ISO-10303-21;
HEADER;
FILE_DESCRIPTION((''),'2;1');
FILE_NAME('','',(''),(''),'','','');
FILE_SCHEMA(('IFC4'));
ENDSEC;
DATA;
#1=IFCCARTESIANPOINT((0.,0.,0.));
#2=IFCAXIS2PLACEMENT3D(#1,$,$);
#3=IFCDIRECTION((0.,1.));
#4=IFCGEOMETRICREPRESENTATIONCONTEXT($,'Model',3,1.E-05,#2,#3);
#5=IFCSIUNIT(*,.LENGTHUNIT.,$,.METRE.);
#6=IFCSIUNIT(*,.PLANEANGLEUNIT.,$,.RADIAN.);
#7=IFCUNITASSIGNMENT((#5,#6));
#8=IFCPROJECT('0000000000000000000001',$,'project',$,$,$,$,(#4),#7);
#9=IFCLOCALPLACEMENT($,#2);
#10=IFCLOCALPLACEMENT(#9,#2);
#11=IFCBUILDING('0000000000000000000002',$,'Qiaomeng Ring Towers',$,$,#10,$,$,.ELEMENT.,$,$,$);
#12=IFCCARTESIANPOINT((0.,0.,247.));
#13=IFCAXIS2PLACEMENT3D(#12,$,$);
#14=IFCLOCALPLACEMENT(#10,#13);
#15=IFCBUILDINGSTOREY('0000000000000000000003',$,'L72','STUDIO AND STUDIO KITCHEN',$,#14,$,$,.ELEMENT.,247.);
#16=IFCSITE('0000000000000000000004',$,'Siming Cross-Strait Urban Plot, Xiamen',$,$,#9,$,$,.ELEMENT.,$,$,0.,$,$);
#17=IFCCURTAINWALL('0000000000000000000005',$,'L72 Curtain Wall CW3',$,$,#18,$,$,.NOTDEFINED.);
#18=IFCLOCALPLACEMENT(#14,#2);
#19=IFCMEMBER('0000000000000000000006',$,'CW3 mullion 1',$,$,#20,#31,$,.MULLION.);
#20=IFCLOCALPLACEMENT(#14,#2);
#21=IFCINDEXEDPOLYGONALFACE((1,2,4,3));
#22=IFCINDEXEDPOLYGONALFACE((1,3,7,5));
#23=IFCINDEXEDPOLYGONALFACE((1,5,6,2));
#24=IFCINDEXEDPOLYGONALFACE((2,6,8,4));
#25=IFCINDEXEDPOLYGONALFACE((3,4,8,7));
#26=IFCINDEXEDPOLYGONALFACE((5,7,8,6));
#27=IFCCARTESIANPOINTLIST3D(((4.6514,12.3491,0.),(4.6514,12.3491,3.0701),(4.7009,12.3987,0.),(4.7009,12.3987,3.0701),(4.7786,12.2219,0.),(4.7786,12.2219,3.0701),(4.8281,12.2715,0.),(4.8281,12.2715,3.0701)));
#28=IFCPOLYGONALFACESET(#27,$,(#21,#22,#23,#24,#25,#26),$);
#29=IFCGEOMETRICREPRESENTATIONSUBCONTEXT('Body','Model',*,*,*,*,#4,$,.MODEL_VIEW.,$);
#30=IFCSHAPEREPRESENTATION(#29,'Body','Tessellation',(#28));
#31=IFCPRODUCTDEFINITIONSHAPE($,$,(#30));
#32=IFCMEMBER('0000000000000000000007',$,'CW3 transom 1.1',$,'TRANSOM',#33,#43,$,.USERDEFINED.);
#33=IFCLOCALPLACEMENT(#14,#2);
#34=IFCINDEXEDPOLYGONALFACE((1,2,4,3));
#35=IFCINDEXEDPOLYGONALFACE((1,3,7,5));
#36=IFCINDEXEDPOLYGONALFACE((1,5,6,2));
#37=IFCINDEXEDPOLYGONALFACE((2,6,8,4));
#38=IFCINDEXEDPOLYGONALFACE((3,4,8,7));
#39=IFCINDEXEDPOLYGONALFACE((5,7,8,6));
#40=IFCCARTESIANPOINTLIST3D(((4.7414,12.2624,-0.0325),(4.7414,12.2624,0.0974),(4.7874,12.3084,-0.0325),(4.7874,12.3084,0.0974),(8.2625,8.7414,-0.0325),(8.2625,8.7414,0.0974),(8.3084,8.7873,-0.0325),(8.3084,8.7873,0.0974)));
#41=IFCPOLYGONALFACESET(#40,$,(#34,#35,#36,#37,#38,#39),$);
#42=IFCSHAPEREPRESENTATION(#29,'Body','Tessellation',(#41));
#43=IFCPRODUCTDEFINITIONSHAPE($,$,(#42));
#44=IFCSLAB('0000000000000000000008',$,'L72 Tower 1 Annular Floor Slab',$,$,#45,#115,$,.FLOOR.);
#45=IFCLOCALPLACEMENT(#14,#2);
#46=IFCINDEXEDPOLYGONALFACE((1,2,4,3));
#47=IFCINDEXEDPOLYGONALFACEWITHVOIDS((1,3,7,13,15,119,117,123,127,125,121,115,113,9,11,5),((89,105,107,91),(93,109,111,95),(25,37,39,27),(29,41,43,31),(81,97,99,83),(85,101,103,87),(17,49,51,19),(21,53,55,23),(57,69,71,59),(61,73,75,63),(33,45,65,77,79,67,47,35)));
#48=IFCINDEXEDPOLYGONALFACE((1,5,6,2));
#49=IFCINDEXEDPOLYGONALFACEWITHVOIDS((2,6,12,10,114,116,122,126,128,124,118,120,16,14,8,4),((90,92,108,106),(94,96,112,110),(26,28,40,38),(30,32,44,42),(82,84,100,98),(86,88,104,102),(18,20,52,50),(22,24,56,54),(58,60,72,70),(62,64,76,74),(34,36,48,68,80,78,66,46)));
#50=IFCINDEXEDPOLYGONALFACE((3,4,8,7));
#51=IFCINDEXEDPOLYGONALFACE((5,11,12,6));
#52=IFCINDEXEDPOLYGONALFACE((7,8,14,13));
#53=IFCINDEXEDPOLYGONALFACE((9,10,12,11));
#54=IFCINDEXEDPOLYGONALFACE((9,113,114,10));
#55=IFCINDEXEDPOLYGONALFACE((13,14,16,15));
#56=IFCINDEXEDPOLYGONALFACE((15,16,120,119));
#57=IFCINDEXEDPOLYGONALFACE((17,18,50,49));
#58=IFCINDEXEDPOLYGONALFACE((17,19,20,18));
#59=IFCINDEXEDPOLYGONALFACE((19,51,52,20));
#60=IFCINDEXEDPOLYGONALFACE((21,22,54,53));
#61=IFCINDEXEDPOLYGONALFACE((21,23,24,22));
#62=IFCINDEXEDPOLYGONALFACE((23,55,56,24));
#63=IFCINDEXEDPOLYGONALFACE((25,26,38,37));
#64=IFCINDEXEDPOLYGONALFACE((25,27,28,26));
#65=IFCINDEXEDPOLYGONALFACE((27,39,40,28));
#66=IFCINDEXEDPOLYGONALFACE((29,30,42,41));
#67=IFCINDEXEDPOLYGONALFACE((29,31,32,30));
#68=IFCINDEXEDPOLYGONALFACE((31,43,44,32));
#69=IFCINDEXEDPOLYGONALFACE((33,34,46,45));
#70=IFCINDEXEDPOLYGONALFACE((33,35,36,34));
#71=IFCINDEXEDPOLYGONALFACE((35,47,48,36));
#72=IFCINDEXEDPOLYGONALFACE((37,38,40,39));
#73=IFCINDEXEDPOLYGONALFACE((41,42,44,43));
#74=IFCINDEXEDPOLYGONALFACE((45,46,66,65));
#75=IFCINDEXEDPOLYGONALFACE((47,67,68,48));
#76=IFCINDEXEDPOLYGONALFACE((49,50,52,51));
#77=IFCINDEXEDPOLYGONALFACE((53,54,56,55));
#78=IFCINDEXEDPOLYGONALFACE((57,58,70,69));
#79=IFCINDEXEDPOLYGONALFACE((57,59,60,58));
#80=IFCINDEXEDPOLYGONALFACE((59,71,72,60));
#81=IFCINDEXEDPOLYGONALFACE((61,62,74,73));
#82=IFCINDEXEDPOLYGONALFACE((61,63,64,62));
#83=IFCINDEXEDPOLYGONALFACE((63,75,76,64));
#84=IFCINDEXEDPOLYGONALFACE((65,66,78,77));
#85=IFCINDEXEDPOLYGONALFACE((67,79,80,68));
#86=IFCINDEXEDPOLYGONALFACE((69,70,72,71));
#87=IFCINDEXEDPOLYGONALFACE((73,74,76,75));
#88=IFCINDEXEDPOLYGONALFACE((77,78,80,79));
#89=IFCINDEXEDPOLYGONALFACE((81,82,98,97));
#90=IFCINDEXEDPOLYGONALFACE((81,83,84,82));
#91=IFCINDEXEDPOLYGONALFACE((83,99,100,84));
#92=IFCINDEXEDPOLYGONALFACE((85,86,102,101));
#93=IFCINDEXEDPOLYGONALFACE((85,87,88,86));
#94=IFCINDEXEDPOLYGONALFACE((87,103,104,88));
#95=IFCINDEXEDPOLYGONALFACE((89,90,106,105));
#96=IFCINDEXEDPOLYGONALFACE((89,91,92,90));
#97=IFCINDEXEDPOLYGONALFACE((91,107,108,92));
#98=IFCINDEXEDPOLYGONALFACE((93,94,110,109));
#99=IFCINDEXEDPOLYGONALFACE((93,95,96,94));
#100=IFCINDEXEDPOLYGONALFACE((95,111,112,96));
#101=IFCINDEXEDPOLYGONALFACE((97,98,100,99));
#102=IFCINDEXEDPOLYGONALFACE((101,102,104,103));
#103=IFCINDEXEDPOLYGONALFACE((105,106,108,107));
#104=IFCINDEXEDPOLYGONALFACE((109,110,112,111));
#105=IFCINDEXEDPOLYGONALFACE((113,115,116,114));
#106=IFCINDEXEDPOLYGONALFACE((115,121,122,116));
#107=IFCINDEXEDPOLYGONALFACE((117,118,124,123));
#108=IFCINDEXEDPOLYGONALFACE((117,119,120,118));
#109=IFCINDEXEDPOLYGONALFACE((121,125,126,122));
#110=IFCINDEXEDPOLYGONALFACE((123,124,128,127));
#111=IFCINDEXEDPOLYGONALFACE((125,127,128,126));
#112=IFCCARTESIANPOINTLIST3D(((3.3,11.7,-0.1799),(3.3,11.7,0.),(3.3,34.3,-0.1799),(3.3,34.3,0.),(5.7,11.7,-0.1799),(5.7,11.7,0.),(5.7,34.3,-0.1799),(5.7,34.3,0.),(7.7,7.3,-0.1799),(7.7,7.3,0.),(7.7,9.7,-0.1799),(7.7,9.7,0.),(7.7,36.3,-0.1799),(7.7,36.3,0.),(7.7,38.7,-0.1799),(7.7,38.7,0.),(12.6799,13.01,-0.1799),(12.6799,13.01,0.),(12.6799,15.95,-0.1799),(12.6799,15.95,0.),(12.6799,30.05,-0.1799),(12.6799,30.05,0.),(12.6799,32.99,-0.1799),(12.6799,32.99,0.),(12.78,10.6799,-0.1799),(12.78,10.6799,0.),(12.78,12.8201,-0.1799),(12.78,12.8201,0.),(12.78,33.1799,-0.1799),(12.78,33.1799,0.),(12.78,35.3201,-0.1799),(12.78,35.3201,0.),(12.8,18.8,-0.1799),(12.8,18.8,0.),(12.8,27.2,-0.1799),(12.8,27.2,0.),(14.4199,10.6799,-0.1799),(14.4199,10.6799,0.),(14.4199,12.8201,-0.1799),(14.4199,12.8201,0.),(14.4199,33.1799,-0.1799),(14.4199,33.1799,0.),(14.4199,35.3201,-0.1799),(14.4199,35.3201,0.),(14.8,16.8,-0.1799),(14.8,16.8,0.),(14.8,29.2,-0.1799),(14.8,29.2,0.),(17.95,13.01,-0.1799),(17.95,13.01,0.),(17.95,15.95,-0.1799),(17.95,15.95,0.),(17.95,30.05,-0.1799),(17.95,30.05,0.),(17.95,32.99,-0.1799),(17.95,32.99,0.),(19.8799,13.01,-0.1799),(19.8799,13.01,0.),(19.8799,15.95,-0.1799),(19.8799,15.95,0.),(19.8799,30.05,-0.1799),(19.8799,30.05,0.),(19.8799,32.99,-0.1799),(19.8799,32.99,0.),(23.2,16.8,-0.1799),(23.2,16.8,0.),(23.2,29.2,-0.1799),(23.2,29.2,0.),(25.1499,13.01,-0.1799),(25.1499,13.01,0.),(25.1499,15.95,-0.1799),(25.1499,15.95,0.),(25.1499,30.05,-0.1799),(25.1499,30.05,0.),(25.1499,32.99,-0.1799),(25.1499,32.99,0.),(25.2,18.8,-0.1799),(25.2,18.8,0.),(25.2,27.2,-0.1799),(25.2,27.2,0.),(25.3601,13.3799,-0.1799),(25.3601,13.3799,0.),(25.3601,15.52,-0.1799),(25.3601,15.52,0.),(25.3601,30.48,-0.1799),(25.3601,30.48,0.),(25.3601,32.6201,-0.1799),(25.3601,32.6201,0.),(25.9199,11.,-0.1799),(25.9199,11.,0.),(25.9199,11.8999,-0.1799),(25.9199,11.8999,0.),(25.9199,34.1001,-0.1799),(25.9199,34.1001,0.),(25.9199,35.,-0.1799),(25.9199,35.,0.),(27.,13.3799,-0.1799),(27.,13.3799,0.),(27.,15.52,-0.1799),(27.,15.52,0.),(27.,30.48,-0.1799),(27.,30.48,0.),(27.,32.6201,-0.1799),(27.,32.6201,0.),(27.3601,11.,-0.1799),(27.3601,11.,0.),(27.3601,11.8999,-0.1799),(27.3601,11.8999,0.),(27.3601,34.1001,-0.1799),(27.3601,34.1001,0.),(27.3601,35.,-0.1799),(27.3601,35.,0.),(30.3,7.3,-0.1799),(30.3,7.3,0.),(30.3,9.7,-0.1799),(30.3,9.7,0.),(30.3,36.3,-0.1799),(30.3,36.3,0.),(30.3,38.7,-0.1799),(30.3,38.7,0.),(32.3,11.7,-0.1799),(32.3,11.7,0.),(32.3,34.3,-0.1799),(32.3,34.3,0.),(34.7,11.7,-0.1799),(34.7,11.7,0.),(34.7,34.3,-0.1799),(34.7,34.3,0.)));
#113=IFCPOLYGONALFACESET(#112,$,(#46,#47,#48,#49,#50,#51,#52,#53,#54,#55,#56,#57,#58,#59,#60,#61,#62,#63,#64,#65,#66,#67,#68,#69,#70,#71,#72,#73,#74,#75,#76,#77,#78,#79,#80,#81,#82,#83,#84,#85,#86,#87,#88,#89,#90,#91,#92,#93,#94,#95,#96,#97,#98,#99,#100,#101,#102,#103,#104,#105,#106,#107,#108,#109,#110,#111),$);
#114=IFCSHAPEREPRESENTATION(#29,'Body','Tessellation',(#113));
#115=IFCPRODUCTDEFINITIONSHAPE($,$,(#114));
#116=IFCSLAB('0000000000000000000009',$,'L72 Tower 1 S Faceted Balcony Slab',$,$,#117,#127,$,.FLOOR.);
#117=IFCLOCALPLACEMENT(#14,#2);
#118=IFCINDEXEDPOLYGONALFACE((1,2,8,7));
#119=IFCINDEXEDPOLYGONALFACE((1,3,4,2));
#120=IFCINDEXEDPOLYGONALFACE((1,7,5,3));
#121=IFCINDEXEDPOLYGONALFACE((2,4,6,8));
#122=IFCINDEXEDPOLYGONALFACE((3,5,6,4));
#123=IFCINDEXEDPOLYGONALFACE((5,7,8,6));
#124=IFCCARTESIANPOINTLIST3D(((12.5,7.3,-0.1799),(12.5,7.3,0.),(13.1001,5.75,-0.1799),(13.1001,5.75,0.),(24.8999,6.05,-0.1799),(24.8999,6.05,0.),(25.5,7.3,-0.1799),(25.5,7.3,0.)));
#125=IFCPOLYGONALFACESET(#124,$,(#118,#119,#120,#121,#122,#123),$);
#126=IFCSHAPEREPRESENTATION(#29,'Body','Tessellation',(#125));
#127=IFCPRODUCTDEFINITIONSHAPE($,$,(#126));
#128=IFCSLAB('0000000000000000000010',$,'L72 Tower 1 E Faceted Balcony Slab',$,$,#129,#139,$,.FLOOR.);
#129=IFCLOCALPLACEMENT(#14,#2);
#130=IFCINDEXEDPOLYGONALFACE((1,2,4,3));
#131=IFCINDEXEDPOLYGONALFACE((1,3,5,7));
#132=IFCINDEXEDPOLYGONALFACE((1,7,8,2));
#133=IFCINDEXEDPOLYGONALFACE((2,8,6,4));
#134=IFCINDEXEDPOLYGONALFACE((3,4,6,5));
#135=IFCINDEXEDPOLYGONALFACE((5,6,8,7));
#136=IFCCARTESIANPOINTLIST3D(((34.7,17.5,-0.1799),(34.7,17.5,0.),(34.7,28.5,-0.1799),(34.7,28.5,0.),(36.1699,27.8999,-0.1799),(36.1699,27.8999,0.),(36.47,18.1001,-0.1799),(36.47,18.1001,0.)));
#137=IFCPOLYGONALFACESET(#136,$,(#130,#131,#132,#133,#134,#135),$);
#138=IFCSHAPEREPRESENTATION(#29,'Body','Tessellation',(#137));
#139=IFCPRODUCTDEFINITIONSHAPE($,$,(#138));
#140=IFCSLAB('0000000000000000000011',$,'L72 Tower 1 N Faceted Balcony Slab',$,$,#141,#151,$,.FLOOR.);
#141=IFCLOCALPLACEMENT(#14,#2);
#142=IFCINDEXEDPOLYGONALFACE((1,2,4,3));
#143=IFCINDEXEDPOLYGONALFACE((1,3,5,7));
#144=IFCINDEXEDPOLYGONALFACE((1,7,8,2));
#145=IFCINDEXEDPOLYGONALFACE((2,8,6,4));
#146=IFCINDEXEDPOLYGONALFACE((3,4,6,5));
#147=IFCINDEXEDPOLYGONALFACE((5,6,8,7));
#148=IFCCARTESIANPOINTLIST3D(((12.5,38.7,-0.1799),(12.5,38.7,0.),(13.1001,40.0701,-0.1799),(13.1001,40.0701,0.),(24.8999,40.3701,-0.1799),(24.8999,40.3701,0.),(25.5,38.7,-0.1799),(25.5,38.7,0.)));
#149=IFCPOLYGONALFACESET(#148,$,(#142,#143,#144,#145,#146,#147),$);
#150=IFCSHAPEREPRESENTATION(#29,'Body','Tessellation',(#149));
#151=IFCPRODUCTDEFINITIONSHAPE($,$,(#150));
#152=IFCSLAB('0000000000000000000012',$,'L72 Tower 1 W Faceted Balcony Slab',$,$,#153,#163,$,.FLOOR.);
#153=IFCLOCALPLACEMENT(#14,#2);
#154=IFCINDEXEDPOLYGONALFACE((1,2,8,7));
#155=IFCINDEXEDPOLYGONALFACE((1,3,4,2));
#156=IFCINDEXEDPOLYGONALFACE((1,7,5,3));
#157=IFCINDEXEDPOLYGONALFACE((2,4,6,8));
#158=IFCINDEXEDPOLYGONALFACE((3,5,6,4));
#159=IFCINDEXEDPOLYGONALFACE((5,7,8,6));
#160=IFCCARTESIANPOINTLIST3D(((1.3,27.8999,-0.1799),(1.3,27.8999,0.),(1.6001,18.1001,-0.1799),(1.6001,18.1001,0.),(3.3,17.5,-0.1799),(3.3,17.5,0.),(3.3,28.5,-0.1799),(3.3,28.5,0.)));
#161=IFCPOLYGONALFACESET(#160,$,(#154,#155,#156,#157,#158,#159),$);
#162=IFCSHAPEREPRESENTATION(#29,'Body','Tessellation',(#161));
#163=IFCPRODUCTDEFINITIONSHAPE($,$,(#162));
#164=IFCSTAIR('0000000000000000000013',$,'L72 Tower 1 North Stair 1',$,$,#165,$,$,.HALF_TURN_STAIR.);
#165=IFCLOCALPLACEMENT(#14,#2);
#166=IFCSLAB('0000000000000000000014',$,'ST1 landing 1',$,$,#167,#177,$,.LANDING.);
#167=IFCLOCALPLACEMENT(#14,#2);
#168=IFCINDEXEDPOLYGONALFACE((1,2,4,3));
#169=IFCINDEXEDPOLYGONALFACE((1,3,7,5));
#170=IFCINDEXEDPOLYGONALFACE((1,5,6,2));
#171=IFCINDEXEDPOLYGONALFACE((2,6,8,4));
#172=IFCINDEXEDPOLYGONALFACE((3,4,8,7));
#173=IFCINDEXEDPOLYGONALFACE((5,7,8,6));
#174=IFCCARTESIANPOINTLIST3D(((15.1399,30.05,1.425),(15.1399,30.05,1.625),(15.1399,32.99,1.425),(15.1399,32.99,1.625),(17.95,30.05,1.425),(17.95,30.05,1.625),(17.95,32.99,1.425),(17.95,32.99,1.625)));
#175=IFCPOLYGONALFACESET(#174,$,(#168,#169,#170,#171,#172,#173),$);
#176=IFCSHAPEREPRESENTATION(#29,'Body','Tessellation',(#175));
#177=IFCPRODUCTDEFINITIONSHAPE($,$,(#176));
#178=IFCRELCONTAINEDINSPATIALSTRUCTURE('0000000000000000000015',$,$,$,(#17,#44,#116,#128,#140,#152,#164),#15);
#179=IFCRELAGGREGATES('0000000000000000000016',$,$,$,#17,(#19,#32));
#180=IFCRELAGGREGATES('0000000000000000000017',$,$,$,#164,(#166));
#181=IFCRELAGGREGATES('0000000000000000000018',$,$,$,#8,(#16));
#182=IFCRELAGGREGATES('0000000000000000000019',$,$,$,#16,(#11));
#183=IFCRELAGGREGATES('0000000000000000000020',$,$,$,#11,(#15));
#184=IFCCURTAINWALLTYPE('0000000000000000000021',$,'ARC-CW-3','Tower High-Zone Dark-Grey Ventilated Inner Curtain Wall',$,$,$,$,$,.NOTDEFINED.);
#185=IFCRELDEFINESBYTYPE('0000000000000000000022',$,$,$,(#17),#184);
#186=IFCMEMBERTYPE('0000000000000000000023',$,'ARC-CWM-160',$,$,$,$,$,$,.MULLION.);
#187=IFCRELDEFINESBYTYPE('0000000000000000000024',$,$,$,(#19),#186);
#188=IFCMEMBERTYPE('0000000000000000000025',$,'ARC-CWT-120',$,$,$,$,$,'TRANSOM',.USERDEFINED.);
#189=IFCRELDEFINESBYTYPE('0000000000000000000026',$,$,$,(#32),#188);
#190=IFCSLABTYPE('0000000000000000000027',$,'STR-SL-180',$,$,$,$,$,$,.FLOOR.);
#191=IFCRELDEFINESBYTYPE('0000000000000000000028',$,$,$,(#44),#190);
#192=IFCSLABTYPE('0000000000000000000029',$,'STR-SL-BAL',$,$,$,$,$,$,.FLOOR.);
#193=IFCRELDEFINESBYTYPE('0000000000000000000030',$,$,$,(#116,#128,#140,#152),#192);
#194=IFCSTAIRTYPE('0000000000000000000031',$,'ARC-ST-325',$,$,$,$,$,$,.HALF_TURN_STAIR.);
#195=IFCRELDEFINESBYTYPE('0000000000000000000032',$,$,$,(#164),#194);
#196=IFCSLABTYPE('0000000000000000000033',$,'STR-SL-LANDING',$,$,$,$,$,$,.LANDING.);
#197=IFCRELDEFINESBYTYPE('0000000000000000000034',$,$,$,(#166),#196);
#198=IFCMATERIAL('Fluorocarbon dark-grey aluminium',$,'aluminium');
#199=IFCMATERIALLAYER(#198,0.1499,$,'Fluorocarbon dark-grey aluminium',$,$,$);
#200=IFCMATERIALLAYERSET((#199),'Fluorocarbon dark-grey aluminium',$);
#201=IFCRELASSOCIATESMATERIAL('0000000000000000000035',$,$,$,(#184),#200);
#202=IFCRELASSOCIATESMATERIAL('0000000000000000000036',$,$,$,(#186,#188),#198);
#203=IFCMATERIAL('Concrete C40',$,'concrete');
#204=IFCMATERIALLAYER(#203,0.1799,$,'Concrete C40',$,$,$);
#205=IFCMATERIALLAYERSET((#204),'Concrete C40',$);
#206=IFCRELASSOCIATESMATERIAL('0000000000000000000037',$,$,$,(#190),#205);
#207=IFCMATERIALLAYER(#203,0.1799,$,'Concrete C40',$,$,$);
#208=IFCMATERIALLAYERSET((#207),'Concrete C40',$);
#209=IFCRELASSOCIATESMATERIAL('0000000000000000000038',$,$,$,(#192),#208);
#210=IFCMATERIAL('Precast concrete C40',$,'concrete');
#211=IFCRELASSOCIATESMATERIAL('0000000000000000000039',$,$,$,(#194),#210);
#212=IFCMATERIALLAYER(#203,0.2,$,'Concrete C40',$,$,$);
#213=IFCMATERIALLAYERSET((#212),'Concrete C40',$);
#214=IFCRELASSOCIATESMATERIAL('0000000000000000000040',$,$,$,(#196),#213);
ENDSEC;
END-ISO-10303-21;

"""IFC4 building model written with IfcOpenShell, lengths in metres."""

from ifc_helpers import new_model, si_unit, direction, frame, origin, origin_2d, place, context, subcontext, project, spatial, polyline, rectangle, outline, extrude, source, transform, mapped, material, layer, layer_set, material_profile, profile_set, type_object, element, aggregate, save


model = new_model("IFC4")

# Units and contexts
model_context = context("Model", 3, precision=1e-05, world=origin(), true_north=direction((0.0, 1.0)))
body_context = subcontext(model_context, "Body", "Model", "MODEL_VIEW")
ifc_project = project(units=[si_unit("LENGTHUNIT", "METRE"), si_unit("PLANEANGLEUNIT", "RADIAN")], contexts=[model_context])

# Site, building, storey
site_placement = place(None, origin())
site = spatial("IfcSite", under=ifc_project, at=site_placement, Name="Siming Cross-Strait Urban Plot, Xiamen", CompositionType="ELEMENT", RefElevation=0.0)
building_placement = place(site_placement, origin())
building = spatial("IfcBuilding", under=site, at=building_placement, Name="Qiaomeng Ring Towers", CompositionType="ELEMENT")
storey_placement = place(building_placement, frame((0.0, 0.0, 247.0)))
storey = spatial("IfcBuildingStorey", under=building, at=storey_placement, Name="L72", Description="STUDIO AND STUDIO KITCHEN", CompositionType="ELEMENT", Elevation=247.0)

# Curtain wall, members
ifc_material_1 = material(Name="Fluorocarbon dark-grey aluminium", Category="aluminium")
ifc_layer_1 = layer(ifc_material_1, 0.1499, Name="Fluorocarbon dark-grey aluminium")
ifc_layer_set_1 = layer_set([ifc_layer_1], Name="Fluorocarbon dark-grey aluminium")
curtain_wall_type = type_object("IfcCurtainWallType", Name="ARC-CW-3", Description="Tower High-Zone Dark-Grey Ventilated Inner Curtain Wall", PredefinedType="NOTDEFINED", material=ifc_layer_set_1)
curtain_wall_placement = place(storey_placement, origin())
curtain_wall = element("IfcCurtainWall", 1, at=curtain_wall_placement, inside=storey, type_object=curtain_wall_type, Name="L72 Curtain Wall CW3", PredefinedType="NOTDEFINED")
ifc_material_profile_1 = material_profile(ifc_material_1, rectangle(XDim=0.0701, YDim=0.1799, at=origin_2d()), Name="ALU MULL 70x180")
ifc_profile_set_1 = profile_set([ifc_material_profile_1], Name="Fluorocarbon dark-grey aluminium")
member_type_1 = type_object("IfcMemberType", Name="ARC-CWM-160", PredefinedType="MULLION", material=ifc_profile_set_1)
shared_shape_1 = source(origin(), body_context, "Body", "SweptSolid", [
    extrude(rectangle(XDim=0.0701, YDim=0.1799, at=origin_2d()), origin(), (0.0, 0.0, 1.0), 3.0701),
])
member_1_placement = place(storey_placement, frame((4.7397, 12.3103, 0.0), z_axis=(0.0, 0.0, 1.0), x_axis=(0.707107, 0.707107, 0.0)))
member_1 = element("IfcMember", 2, at=member_1_placement, type_object=member_type_1, Name="CW3 mullion 1", PredefinedType="MULLION", context=body_context, shape_type="MappedRepresentation", body=[
    mapped(shared_shape_1, transform((0.0, 0.0, 0.0), x_axis=(1.0, 0.0, 0.0), y_axis=(0.0, 1.0, 0.0), z_axis=(0.0, 0.0, 1.0), scale=1.0)),
])
ifc_material_profile_2 = material_profile(ifc_material_1, rectangle(XDim=0.0649, YDim=0.1299, at=origin_2d()), Name="ALU TRAN 65x130")
ifc_profile_set_2 = profile_set([ifc_material_profile_2], Name="Fluorocarbon dark-grey aluminium")
member_type_2 = type_object("IfcMemberType", Name="ARC-CWT-120", ElementType="TRANSOM", PredefinedType="USERDEFINED", material=ifc_profile_set_2)
shared_shape_2 = source(origin(), body_context, "Body", "SweptSolid", [
    extrude(rectangle(XDim=0.0649, YDim=0.1299, at=origin_2d()), origin(), (0.0, 0.0, 1.0), 4.9795),
])
member_2_placement = place(storey_placement, frame((4.7644, 12.2854, 0.0325), z_axis=(0.707107, -0.707107, 0.0), x_axis=(0.707107, 0.707107, 0.0)))
member_2 = element("IfcMember", 3, at=member_2_placement, type_object=member_type_2, Name="CW3 transom 1.1", ObjectType="TRANSOM", PredefinedType="USERDEFINED", context=body_context, shape_type="MappedRepresentation", body=[
    mapped(shared_shape_2, transform((0.0, 0.0, 0.0), x_axis=(1.0, 0.0, 0.0), y_axis=(0.0, 1.0, 0.0), z_axis=(0.0, 0.0, 1.0), scale=1.0)),
])
aggregate(curtain_wall, [member_1, member_2])

# Slabs
ifc_material_2 = material(Name="Concrete C40", Category="concrete")
ifc_layer_2 = layer(ifc_material_2, 0.1799, Name="Concrete C40")
ifc_layer_set_2 = layer_set([ifc_layer_2], Name="Concrete C40")
slab_type_1 = type_object("IfcSlabType", Name="STR-SL-180", PredefinedType="FLOOR", material=ifc_layer_set_2)
slab_1_placement = place(storey_placement, frame((0.0, 0.0, -0.1799)))
element("IfcSlab", 4, at=slab_1_placement, inside=storey, type_object=slab_type_1, Name="L72 Tower 1 Annular Floor Slab", PredefinedType="FLOOR", context=body_context, shape_type="SweptSolid", body=[
    extrude(outline(polyline([(7.7, 7.3), (30.3, 7.3), (30.3, 9.7), (32.3, 11.7), (34.7, 11.7), (34.7, 34.3), (32.3, 34.3), (30.3, 36.3), (30.3, 38.7), (7.7, 38.7), (7.7, 36.3), (5.7, 34.3), (3.3, 34.3), (3.3, 11.7), (5.7, 11.7), (7.7, 9.7), (7.7, 7.3)]), holes=[polyline([(12.78, 10.6799), (12.78, 12.8201), (14.4199, 12.8201), (14.4199, 10.6799), (12.78, 10.6799)]), polyline([(12.6799, 13.01), (12.6799, 15.95), (17.95, 15.95), (17.95, 13.01), (12.6799, 13.01)]), polyline([(23.2, 29.2), (25.2, 27.2), (25.2, 18.8), (23.2, 16.8), (14.8, 16.8), (12.8, 18.8), (12.8, 27.2), (14.8, 29.2), (23.2, 29.2)]), polyline([(12.6799, 32.99), (17.95, 32.99), (17.95, 30.05), (12.6799, 30.05), (12.6799, 32.99)]), polyline([(19.8799, 32.99), (25.1499, 32.99), (25.1499, 30.05), (19.8799, 30.05), (19.8799, 32.99)]), polyline([(12.78, 33.1799), (12.78, 35.3201), (14.4199, 35.3201), (14.4199, 33.1799), (12.78, 33.1799)]), polyline([(25.9199, 11.8999), (27.3601, 11.8999), (27.3601, 11.0), (25.9199, 11.0), (25.9199, 11.8999)]), polyline([(25.3601, 15.52), (27.0, 15.52), (27.0, 13.3799), (25.3601, 13.3799), (25.3601, 15.52)]), polyline([(19.8799, 13.01), (19.8799, 15.95), (25.1499, 15.95), (25.1499, 13.01), (19.8799, 13.01)]), polyline([(25.3601, 32.6201), (27.0, 32.6201), (27.0, 30.48), (25.3601, 30.48), (25.3601, 32.6201)]), polyline([(25.9199, 35.0), (27.3601, 35.0), (27.3601, 34.1001), (25.9199, 34.1001), (25.9199, 35.0)])]), origin(), (0.0, 0.0, 1.0), 0.1799),
])
ifc_layer_3 = layer(ifc_material_2, 0.1799, Name="Concrete C40")
ifc_layer_set_3 = layer_set([ifc_layer_3], Name="Concrete C40")
slab_type_2 = type_object("IfcSlabType", Name="STR-SL-BAL", PredefinedType="FLOOR", material=ifc_layer_set_3)
slab_2_placement = place(storey_placement, frame((0.0, 0.0, -0.1799)))
element("IfcSlab", 5, at=slab_2_placement, inside=storey, type_object=slab_type_2, Name="L72 Tower 1 S Faceted Balcony Slab", PredefinedType="FLOOR", context=body_context, shape_type="SweptSolid", body=[
    extrude(outline(polyline([(24.8999, 6.05), (13.1001, 5.75), (12.5, 7.3), (25.5, 7.3), (24.8999, 6.05)])), origin(), (0.0, 0.0, 1.0), 0.1799),
])
slab_3_placement = place(storey_placement, frame((0.0, 0.0, -0.1799)))
element("IfcSlab", 6, at=slab_3_placement, inside=storey, type_object=slab_type_2, Name="L72 Tower 1 E Faceted Balcony Slab", PredefinedType="FLOOR", context=body_context, shape_type="SweptSolid", body=[
    extrude(outline(polyline([(36.1699, 27.8999), (36.47, 18.1001), (34.7, 17.5), (34.7, 28.5), (36.1699, 27.8999)])), origin(), (0.0, 0.0, 1.0), 0.1799),
])
slab_4_placement = place(storey_placement, frame((0.0, 0.0, -0.1799)))
element("IfcSlab", 7, at=slab_4_placement, inside=storey, type_object=slab_type_2, Name="L72 Tower 1 N Faceted Balcony Slab", PredefinedType="FLOOR", context=body_context, shape_type="SweptSolid", body=[
    extrude(outline(polyline([(12.5, 38.7), (13.1001, 40.0701), (24.8999, 40.3701), (25.5, 38.7), (12.5, 38.7)])), origin(), (0.0, 0.0, 1.0), 0.1799),
])
slab_5_placement = place(storey_placement, frame((0.0, 0.0, -0.1799)))
element("IfcSlab", 8, at=slab_5_placement, inside=storey, type_object=slab_type_2, Name="L72 Tower 1 W Faceted Balcony Slab", PredefinedType="FLOOR", context=body_context, shape_type="SweptSolid", body=[
    extrude(outline(polyline([(1.6001, 18.1001), (1.3, 27.8999), (3.3, 28.5), (3.3, 17.5), (1.6001, 18.1001)])), origin(), (0.0, 0.0, 1.0), 0.1799),
])

# Stair, slab
ifc_material_3 = material(Name="Precast concrete C40", Category="concrete")
stair_type = type_object("IfcStairType", Name="ARC-ST-325", PredefinedType="HALF_TURN_STAIR", material=ifc_material_3)
stair_1_placement = place(storey_placement, origin())
stair_1 = element("IfcStair", 9, at=stair_1_placement, inside=storey, type_object=stair_type, Name="L72 Tower 1 North Stair 1", PredefinedType="HALF_TURN_STAIR")
ifc_layer_4 = layer(ifc_material_2, 0.2, Name="Concrete C40")
ifc_layer_set_4 = layer_set([ifc_layer_4], Name="Concrete C40")
slab_type_3 = type_object("IfcSlabType", Name="STR-SL-LANDING", PredefinedType="LANDING", material=ifc_layer_set_4)
slab_6_placement = place(storey_placement, frame((0.0, 0.0, 1.425)))
slab_6 = element("IfcSlab", 10, at=slab_6_placement, type_object=slab_type_3, Name="ST1 landing 1", PredefinedType="LANDING", context=body_context, shape_type="SweptSolid", body=[
    extrude(outline(polyline([(15.1399, 30.05), (17.95, 30.05), (17.95, 32.99), (15.1399, 32.99), (15.1399, 30.05)])), origin(), (0.0, 0.0, 1.0), 0.2),
])
aggregate(stair_1, [slab_6])

save(model, "model.ifc")
